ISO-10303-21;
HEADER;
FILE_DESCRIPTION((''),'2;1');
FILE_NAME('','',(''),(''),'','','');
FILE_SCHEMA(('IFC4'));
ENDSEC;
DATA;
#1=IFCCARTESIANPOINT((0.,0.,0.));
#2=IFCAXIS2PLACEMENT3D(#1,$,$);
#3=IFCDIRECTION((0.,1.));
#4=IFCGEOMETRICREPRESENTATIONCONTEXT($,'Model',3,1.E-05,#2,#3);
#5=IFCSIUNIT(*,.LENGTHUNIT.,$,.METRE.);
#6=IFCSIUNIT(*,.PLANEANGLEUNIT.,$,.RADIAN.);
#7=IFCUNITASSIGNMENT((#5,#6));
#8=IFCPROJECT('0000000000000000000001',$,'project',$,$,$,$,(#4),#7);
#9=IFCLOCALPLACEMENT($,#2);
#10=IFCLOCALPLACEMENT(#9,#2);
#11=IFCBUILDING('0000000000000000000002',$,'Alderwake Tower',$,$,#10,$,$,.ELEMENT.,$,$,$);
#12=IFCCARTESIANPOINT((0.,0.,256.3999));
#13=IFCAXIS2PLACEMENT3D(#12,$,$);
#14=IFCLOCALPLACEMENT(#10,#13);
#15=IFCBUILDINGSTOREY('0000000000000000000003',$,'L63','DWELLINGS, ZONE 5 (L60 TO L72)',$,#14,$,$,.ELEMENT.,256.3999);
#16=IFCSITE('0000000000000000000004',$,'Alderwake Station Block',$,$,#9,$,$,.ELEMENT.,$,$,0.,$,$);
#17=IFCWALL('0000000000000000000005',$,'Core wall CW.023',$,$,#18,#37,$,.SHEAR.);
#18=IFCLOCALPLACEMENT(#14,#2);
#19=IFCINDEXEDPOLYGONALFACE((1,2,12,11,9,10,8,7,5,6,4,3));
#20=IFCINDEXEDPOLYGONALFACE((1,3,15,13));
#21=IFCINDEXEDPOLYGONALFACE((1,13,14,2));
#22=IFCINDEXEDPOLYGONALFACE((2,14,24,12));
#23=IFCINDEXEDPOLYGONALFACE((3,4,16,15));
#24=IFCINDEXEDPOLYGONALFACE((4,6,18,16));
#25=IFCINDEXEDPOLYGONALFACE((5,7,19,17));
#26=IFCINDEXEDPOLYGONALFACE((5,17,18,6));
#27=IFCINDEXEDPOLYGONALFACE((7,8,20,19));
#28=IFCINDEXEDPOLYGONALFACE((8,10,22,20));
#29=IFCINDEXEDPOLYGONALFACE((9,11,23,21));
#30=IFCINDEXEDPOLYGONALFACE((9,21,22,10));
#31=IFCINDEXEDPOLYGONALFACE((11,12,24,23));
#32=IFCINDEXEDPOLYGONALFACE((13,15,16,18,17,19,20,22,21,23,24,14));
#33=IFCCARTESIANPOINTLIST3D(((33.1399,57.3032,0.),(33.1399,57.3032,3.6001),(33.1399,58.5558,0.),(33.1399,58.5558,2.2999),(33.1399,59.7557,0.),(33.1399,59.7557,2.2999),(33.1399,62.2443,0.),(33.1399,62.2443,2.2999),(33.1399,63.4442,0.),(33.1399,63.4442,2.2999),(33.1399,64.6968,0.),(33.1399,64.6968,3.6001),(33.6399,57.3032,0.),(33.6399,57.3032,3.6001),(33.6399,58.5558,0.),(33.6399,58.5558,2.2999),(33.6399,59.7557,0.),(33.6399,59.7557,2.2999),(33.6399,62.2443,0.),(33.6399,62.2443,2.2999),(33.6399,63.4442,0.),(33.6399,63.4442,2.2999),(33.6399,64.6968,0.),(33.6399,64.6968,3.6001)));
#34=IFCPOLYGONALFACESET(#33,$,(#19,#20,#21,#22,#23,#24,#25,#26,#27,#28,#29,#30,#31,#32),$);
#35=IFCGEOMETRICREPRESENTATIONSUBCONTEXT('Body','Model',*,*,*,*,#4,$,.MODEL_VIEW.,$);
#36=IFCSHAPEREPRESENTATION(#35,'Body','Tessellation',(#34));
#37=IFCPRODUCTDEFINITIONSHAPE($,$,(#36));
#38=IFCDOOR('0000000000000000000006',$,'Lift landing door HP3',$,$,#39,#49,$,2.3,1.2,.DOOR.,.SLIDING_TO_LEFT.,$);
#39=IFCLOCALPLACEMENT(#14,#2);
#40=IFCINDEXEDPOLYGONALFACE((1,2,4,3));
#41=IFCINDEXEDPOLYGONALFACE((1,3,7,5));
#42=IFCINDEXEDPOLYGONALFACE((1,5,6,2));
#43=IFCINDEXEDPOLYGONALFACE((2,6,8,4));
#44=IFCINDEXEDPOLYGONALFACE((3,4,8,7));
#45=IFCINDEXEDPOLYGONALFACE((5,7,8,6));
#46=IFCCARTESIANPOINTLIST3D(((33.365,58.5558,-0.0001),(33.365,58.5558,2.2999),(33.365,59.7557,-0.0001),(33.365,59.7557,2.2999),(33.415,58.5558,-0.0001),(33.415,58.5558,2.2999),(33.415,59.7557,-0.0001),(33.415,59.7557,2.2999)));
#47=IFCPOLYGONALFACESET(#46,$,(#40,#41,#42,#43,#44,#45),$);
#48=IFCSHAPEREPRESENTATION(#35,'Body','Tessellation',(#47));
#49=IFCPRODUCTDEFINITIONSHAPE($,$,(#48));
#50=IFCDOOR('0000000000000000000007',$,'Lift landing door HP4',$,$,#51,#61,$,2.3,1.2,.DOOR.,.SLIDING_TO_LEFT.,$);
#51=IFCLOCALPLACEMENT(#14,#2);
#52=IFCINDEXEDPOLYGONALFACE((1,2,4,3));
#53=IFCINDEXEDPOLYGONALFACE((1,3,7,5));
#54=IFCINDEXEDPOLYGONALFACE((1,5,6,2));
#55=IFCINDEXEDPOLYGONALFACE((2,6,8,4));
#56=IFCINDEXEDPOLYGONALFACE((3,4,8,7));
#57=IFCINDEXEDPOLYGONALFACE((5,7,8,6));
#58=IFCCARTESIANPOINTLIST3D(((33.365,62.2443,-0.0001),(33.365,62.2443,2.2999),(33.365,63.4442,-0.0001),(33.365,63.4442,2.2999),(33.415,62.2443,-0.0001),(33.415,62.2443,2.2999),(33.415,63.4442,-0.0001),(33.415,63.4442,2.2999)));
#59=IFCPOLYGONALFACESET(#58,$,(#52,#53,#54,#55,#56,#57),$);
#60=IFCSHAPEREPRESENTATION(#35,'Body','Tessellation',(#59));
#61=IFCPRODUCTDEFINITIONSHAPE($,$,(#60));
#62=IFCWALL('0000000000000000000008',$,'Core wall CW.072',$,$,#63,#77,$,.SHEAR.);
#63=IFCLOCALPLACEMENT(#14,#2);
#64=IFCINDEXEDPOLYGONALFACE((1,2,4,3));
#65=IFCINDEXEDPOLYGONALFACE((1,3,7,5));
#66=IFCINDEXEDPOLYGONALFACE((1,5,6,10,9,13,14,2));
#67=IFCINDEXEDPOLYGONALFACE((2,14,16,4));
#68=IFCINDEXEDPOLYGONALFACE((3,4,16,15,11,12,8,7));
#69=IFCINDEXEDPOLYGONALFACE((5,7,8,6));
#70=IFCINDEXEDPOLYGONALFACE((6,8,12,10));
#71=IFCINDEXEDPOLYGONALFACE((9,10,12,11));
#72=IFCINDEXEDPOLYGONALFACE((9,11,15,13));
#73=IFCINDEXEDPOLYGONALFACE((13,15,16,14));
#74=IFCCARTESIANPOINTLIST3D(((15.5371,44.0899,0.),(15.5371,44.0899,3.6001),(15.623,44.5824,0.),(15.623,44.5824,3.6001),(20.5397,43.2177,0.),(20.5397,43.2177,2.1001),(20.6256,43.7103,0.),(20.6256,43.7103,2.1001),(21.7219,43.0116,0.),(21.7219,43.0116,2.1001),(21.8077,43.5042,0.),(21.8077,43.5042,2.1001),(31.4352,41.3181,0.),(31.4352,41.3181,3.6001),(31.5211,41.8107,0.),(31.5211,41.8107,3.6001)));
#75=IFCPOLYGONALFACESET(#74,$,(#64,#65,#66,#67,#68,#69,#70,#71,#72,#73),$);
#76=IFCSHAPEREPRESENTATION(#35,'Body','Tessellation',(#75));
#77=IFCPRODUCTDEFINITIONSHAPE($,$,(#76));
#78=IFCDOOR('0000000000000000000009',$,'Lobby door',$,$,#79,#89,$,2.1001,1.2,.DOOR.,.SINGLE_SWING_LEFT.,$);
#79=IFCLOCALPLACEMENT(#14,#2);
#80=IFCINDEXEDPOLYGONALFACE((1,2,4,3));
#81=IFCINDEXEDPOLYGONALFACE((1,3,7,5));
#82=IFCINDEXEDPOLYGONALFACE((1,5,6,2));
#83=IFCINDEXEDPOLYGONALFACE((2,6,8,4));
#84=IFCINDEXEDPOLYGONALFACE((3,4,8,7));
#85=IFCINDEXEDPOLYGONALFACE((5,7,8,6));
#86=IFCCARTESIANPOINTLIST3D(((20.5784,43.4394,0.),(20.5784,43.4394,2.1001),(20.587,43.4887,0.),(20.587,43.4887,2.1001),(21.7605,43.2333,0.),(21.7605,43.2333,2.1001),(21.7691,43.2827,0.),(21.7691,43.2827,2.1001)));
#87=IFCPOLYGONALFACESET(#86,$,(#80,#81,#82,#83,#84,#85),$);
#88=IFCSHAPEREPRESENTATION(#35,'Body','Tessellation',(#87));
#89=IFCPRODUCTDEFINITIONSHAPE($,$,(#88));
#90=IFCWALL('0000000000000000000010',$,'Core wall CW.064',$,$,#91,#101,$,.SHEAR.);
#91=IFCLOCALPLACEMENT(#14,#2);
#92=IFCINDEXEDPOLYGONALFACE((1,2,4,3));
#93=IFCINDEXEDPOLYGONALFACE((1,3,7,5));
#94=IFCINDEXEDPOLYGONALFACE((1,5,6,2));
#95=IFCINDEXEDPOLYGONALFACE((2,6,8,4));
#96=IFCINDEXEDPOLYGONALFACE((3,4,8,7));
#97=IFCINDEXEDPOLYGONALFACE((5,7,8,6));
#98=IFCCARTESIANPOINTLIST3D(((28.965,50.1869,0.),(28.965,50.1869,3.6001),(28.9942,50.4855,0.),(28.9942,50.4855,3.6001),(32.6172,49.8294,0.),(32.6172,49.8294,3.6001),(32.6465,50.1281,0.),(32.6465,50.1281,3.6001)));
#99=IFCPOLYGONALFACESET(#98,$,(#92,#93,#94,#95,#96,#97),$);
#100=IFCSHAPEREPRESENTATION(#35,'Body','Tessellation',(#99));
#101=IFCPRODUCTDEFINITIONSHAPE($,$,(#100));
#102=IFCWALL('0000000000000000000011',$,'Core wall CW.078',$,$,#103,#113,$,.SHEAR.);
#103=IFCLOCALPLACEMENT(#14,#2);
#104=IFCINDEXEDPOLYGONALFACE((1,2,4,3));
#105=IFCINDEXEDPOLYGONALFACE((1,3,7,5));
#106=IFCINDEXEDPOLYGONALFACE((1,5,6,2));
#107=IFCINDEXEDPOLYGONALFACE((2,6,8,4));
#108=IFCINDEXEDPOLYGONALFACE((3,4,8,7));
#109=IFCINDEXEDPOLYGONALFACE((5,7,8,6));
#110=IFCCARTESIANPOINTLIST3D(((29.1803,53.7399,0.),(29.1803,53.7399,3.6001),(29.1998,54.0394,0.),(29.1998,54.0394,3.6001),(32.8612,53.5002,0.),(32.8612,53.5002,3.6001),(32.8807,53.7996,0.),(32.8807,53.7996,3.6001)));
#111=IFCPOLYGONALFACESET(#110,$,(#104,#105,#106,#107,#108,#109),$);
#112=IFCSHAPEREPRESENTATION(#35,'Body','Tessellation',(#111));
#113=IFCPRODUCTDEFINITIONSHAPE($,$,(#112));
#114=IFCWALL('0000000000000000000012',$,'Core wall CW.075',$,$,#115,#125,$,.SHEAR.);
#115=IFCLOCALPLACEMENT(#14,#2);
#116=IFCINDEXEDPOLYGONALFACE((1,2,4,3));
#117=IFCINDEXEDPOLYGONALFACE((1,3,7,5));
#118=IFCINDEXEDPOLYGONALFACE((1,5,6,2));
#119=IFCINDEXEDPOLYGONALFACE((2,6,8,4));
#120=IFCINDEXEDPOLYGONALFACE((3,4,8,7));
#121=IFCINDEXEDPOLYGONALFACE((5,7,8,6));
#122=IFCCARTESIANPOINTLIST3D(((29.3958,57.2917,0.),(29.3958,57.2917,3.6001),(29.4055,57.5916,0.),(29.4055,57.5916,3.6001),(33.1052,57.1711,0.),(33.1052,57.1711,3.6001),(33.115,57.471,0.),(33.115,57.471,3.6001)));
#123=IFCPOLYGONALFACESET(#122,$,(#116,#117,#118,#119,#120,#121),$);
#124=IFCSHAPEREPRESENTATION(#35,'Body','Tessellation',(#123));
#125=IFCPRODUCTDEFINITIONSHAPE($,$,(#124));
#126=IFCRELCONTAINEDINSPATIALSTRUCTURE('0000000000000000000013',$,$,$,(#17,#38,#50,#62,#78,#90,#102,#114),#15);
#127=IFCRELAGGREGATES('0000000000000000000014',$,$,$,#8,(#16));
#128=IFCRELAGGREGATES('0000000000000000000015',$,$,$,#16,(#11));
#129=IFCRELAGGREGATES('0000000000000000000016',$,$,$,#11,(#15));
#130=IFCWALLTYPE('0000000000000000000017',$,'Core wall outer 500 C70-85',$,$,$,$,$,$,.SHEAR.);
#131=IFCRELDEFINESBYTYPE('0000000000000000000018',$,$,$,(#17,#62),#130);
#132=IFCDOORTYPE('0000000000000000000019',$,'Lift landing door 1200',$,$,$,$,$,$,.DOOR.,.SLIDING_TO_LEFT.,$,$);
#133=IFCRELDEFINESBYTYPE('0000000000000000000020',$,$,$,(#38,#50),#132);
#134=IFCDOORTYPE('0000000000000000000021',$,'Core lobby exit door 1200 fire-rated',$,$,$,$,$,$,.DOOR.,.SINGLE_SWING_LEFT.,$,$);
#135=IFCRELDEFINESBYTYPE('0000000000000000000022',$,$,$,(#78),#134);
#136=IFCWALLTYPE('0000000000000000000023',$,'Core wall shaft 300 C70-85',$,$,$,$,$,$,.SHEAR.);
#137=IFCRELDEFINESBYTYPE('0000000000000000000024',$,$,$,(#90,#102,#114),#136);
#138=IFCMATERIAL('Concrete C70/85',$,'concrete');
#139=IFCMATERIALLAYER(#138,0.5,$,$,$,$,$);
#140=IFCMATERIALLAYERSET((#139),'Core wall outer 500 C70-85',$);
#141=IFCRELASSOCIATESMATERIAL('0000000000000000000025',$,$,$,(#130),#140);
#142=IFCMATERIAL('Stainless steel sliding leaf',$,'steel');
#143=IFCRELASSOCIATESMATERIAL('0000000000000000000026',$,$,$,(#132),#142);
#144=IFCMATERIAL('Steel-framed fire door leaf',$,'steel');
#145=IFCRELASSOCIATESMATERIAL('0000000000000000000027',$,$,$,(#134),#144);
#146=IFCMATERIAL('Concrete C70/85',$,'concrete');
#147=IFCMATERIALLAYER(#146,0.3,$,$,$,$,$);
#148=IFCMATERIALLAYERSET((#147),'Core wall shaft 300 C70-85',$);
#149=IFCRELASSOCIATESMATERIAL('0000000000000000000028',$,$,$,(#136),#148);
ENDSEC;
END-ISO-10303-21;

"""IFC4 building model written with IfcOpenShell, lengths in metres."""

from ifc_helpers import new_model, si_unit, direction, frame, frame_2d, origin, place, context, subcontext, project, spatial, rectangle, extrude, material, layer, layer_set, type_object, element, fill, save


model = new_model("IFC4")

# Units and contexts
model_context = context("Model", 3, precision=1e-05, world=origin(), true_north=direction((0.0, 1.0)))
body_context = subcontext(model_context, "Body", "Model", "MODEL_VIEW")
ifc_project = project(units=[si_unit("LENGTHUNIT", "METRE"), si_unit("PLANEANGLEUNIT", "RADIAN")], contexts=[model_context])

# Site, building, storey
site_placement = place(None, origin())
site = spatial("IfcSite", under=ifc_project, at=site_placement, Name="Alderwake Station Block", CompositionType="ELEMENT", RefElevation=0.0)
building_placement = place(site_placement, origin())
building = spatial("IfcBuilding", under=site, at=building_placement, Name="Alderwake Tower", CompositionType="ELEMENT")
storey_placement = place(building_placement, frame((0.0, 0.0, 256.3999)))
storey = spatial("IfcBuildingStorey", under=building, at=storey_placement, Name="L63", Description="DWELLINGS, ZONE 5 (L60 TO L72)", CompositionType="ELEMENT", Elevation=256.3999)

# Shared definitions
ifc_material_1 = material(Name="Concrete C70/85", Category="concrete")
ifc_layer_1 = layer(ifc_material_1, 0.5)
ifc_layer_set_1 = layer_set([ifc_layer_1], Name="Core wall outer 500 C70-85")
wall_type_1 = type_object("IfcWallType", Name="Core wall outer 500 C70-85", PredefinedType="SHEAR", material=ifc_layer_set_1)

# Wall, openings, doors
ifc_material_2 = material(Name="Stainless steel sliding leaf", Category="steel")
door_type_1 = type_object("IfcDoorType", Name="Lift landing door 1200", OperationType="SLIDING_TO_LEFT", PredefinedType="DOOR", material=ifc_material_2)
wall_1_placement = place(storey_placement, frame((33.3899, 57.3032, 0.0), z_axis=(0.0, 0.0, 1.0), x_axis=(0.0, 1.0, 0.0)))
wall_1 = element("IfcWall", 1, at=wall_1_placement, inside=storey, type_object=wall_type_1, Name="Core wall CW.023", PredefinedType="SHEAR", context=body_context, shape_type="SweptSolid", body=[
    extrude(rectangle(XDim=7.3936, YDim=0.5, at=frame_2d((3.6968, 0.0))), origin(), (0.0, 0.0, 1.0), 3.6001),
])
opening_1_placement = place(wall_1_placement, frame((1.2524, 0.0, 0.0)))
opening_1 = element("IfcOpeningElement", 2, at=opening_1_placement, cuts=wall_1, PredefinedType="OPENING", context=body_context, shape_type="SweptSolid", body=[
    extrude(rectangle(XDim=1.2, YDim=2.3, at=frame_2d((0.6001, 1.1499))), frame((0.0, 0.26, 0.0), z_axis=(0.0, -1.0, 0.0), x_axis=(1.0, 0.0, 0.0)), (0.0, 0.0, 1.0), 0.52),
])
opening_2_placement = place(wall_1_placement, frame((4.9409, 0.0, 0.0)))
opening_2 = element("IfcOpeningElement", 3, at=opening_2_placement, cuts=wall_1, PredefinedType="OPENING", context=body_context, shape_type="SweptSolid", body=[
    extrude(rectangle(XDim=1.2, YDim=2.3, at=frame_2d((0.6001, 1.1499))), frame((0.0, 0.26, 0.0), z_axis=(0.0, -1.0, 0.0), x_axis=(1.0, 0.0, 0.0)), (0.0, 0.0, 1.0), 0.52),
])
door_1_placement = place(opening_1_placement, origin())
door_1 = element("IfcDoor", 4, at=door_1_placement, inside=storey, type_object=door_type_1, Name="Lift landing door HP3", OperationType="SLIDING_TO_LEFT", OverallHeight=2.3, OverallWidth=1.2, PredefinedType="DOOR", context=body_context, shape_type="SweptSolid", body=[
    extrude(rectangle(XDim=1.2, YDim=2.3, at=frame_2d((0.6001, 1.1499))), frame((0.0, 0.0249, 0.0), z_axis=(0.0, -1.0, 0.0), x_axis=(1.0, 0.0, 0.0)), (0.0, 0.0, 1.0), 0.05),
])
fill(opening_1, door_1)
door_2_placement = place(opening_2_placement, origin())
door_2 = element("IfcDoor", 5, at=door_2_placement, inside=storey, type_object=door_type_1, Name="Lift landing door HP4", OperationType="SLIDING_TO_LEFT", OverallHeight=2.3, OverallWidth=1.2, PredefinedType="DOOR", context=body_context, shape_type="SweptSolid", body=[
    extrude(rectangle(XDim=1.2, YDim=2.3, at=frame_2d((0.6001, 1.1499))), frame((0.0, 0.0249, 0.0), z_axis=(0.0, -1.0, 0.0), x_axis=(1.0, 0.0, 0.0)), (0.0, 0.0, 1.0), 0.05),
])
fill(opening_2, door_2)

# Wall, opening, door
wall_2_placement = place(storey_placement, frame((31.478, 41.5645, 0.0), z_axis=(0.0, 0.0, 1.0), x_axis=(-0.98514, 0.171752, 0.0)))
wall_2 = element("IfcWall", 6, at=wall_2_placement, inside=storey, type_object=wall_type_1, Name="Core wall CW.072", PredefinedType="SHEAR", context=body_context, shape_type="SweptSolid", body=[
    extrude(rectangle(XDim=16.1379, YDim=0.5, at=frame_2d((8.0688, 0.0))), origin(), (0.0, 0.0, 1.0), 3.6001),
])
opening_3_placement = place(wall_2_placement, frame((9.8596, 0.0, 0.0)))
opening_3 = element("IfcOpeningElement", 7, at=opening_3_placement, cuts=wall_2, PredefinedType="OPENING", context=body_context, shape_type="SweptSolid", body=[
    extrude(rectangle(XDim=1.2, YDim=2.1001, at=frame_2d((0.6001, 1.05))), frame((0.0, 0.26, 0.0), z_axis=(0.0, -1.0, 0.0), x_axis=(1.0, 0.0, 0.0)), (0.0, 0.0, 1.0), 0.52),
])
ifc_material_3 = material(Name="Steel-framed fire door leaf", Category="steel")
door_type_2 = type_object("IfcDoorType", Name="Core lobby exit door 1200 fire-rated", OperationType="SINGLE_SWING_LEFT", PredefinedType="DOOR", material=ifc_material_3)
door_3_placement = place(opening_3_placement, origin())
door_3 = element("IfcDoor", 8, at=door_3_placement, inside=storey, type_object=door_type_2, Name="Lobby door", OperationType="SINGLE_SWING_LEFT", OverallHeight=2.1001, OverallWidth=1.2, PredefinedType="DOOR", context=body_context, shape_type="SweptSolid", body=[
    extrude(rectangle(XDim=1.2, YDim=2.1001, at=frame_2d((0.6001, 1.05))), frame((0.0, 0.0249, 0.0), z_axis=(0.0, -1.0, 0.0), x_axis=(1.0, 0.0, 0.0)), (0.0, 0.0, 1.0), 0.05),
])
fill(opening_3, door_3)

# Walls
ifc_material_4 = material(Name="Concrete C70/85", Category="concrete")
ifc_layer_2 = layer(ifc_material_4, 0.3)
ifc_layer_set_2 = layer_set([ifc_layer_2], Name="Core wall shaft 300 C70-85")
wall_type_2 = type_object("IfcWallType", Name="Core wall shaft 300 C70-85", PredefinedType="SHEAR", material=ifc_layer_set_2)
wall_3_placement = place(storey_placement, frame((28.9795, 50.3362, 0.0), z_axis=(0.0, 0.0, 1.0), x_axis=(0.995246, -0.097396, 0.0)))
element("IfcWall", 9, at=wall_3_placement, inside=storey, type_object=wall_type_2, Name="Core wall CW.064", PredefinedType="SHEAR", context=body_context, shape_type="SweptSolid", body=[
    extrude(rectangle(XDim=3.6697, YDim=0.3, at=frame_2d((1.835, 0.0))), origin(), (0.0, 0.0, 1.0), 3.6001),
])
wall_4_placement = place(storey_placement, frame((29.1902, 53.8896, 0.0), z_axis=(0.0, 0.0, 1.0), x_axis=(0.997886, -0.064995, 0.0)))
element("IfcWall", 10, at=wall_4_placement, inside=storey, type_object=wall_type_2, Name="Core wall CW.078", PredefinedType="SHEAR", context=body_context, shape_type="SweptSolid", body=[
    extrude(rectangle(XDim=3.6887, YDim=0.3, at=frame_2d((1.8442, 0.0))), origin(), (0.0, 0.0, 1.0), 3.6001),
])
wall_5_placement = place(storey_placement, frame((29.4006, 57.4417, 0.0), z_axis=(0.0, 0.0, 1.0), x_axis=(0.999472, -0.032496, 0.0)))
element("IfcWall", 11, at=wall_5_placement, inside=storey, type_object=wall_type_2, Name="Core wall CW.075", PredefinedType="SHEAR", context=body_context, shape_type="SweptSolid", body=[
    extrude(rectangle(XDim=3.7114, YDim=0.3, at=frame_2d((1.8557, 0.0))), origin(), (0.0, 0.0, 1.0), 3.6001),
])

save(model, "model.ifc")
